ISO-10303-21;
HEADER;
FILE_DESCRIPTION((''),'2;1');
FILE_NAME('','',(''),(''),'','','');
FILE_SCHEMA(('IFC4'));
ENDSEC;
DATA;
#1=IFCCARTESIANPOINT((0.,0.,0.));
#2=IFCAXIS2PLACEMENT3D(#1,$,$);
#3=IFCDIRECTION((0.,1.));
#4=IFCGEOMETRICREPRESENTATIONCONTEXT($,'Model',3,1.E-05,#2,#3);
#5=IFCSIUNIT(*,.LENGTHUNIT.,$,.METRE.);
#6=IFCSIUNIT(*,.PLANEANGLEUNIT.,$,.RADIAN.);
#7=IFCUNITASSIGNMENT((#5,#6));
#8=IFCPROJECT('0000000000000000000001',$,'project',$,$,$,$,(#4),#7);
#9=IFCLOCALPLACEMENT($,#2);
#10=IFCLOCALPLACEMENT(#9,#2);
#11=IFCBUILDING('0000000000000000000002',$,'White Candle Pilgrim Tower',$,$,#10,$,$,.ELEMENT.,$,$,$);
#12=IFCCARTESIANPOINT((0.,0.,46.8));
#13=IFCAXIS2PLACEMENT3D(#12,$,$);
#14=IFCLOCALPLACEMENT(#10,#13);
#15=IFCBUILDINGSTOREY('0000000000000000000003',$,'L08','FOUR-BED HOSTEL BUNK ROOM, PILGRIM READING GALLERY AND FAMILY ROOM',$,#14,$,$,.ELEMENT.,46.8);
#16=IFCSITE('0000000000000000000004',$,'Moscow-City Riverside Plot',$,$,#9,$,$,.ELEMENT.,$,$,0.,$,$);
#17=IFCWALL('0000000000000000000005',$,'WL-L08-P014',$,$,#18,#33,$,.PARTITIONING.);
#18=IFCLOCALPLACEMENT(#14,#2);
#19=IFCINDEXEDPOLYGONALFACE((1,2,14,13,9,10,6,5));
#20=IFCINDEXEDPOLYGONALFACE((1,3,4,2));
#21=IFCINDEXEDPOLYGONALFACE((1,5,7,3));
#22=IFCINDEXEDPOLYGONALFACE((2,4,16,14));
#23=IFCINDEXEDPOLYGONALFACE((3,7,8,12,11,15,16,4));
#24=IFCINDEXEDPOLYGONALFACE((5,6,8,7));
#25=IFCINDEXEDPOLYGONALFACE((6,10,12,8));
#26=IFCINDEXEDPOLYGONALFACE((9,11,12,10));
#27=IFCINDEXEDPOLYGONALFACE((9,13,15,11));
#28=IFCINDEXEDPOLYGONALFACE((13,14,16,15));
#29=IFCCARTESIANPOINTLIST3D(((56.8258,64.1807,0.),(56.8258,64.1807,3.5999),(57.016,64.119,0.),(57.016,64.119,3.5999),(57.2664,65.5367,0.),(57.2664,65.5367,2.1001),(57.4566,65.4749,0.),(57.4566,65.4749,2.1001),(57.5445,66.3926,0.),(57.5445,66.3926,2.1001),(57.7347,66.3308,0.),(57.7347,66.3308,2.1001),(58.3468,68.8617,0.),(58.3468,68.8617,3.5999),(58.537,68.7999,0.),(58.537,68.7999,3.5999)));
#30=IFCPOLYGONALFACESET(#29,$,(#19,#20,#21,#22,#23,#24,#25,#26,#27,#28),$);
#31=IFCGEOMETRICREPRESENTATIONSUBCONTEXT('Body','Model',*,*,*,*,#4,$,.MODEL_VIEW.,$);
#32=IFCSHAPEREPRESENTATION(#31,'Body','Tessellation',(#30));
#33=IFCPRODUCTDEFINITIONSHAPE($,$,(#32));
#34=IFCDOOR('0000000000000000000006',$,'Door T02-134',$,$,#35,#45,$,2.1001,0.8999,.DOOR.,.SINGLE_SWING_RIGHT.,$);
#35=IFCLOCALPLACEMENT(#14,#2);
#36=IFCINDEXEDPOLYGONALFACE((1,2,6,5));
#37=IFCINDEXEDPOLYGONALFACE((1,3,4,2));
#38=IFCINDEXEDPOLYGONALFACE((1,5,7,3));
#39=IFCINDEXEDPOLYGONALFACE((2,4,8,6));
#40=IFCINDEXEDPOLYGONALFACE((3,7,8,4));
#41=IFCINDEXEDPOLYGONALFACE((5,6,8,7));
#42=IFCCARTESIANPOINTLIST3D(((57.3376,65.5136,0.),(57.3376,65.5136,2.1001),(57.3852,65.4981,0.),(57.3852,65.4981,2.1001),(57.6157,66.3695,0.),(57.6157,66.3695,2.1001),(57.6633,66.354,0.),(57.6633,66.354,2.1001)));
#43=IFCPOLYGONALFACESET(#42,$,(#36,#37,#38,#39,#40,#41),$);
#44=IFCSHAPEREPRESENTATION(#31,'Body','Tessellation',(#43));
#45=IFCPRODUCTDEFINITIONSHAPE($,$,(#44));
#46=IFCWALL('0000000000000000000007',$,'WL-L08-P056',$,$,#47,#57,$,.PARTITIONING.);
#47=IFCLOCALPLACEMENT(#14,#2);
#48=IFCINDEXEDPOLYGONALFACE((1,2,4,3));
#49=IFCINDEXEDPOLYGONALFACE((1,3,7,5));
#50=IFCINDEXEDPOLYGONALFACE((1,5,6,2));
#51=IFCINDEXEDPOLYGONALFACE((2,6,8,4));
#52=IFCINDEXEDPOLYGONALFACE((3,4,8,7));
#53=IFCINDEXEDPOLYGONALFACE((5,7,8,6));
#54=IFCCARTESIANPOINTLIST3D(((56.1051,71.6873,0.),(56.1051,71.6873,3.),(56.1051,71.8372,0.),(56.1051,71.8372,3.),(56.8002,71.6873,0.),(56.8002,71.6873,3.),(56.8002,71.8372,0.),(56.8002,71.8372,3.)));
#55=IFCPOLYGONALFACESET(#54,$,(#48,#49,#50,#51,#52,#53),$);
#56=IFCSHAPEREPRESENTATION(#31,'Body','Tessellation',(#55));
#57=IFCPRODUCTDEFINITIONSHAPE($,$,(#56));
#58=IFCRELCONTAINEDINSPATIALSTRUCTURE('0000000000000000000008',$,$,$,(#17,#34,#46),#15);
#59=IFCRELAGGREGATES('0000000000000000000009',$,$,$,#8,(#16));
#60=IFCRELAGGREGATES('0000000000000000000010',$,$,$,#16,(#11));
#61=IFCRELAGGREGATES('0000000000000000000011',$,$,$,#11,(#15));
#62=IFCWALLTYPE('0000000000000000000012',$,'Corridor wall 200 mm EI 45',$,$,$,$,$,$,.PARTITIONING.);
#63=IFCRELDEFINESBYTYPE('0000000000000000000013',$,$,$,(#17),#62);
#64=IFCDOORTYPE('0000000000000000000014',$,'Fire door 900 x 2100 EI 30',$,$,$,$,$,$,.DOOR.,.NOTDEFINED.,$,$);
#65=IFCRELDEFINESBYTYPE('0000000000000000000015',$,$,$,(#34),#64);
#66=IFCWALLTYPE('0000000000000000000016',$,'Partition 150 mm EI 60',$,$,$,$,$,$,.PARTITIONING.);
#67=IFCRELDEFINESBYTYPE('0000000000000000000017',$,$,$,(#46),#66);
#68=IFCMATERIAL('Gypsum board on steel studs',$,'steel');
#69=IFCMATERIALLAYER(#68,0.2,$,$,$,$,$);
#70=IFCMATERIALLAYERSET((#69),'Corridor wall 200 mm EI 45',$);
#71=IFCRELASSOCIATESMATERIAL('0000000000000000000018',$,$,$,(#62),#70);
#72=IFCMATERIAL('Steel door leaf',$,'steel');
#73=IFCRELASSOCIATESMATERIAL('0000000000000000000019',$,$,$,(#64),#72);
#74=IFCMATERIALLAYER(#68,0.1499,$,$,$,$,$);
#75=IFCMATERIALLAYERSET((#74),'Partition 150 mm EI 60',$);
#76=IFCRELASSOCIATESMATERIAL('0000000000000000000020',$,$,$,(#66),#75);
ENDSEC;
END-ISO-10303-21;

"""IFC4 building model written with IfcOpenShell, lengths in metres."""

from ifc_helpers import new_model, si_unit, direction, frame, frame_2d, origin, place, context, subcontext, project, spatial, rectangle, extrude, material, layer, layer_set, type_object, element, fill, save


model = new_model("IFC4")

# Units and contexts
model_context = context("Model", 3, precision=1e-05, world=origin(), true_north=direction((0.0, 1.0)))
body_context = subcontext(model_context, "Body", "Model", "MODEL_VIEW")
ifc_project = project(units=[si_unit("LENGTHUNIT", "METRE"), si_unit("PLANEANGLEUNIT", "RADIAN")], contexts=[model_context])

# Site, building, storey
site_placement = place(None, origin())
site = spatial("IfcSite", under=ifc_project, at=site_placement, Name="Moscow-City Riverside Plot", CompositionType="ELEMENT", RefElevation=0.0)
building_placement = place(site_placement, origin())
building = spatial("IfcBuilding", under=site, at=building_placement, Name="White Candle Pilgrim Tower", CompositionType="ELEMENT")
storey_placement = place(building_placement, frame((0.0, 0.0, 46.8)))
storey = spatial("IfcBuildingStorey", under=building, at=storey_placement, Name="L08", Description="FOUR-BED HOSTEL BUNK ROOM, PILGRIM READING GALLERY AND FAMILY ROOM", CompositionType="ELEMENT", Elevation=46.8)

# Shared definitions
ifc_material_1 = material(Name="Gypsum board on steel studs", Category="steel")
ifc_layer_1 = layer(ifc_material_1, 0.2)
ifc_layer_set_1 = layer_set([ifc_layer_1], Name="Corridor wall 200 mm EI 45")
wall_type_1 = type_object("IfcWallType", Name="Corridor wall 200 mm EI 45", PredefinedType="PARTITIONING", material=ifc_layer_set_1)
ifc_material_2 = material(Name="Steel door leaf", Category="steel")
door_type_1 = type_object("IfcDoorType", Name="Fire door 900 x 2100 EI 30", OperationType="NOTDEFINED", PredefinedType="DOOR", material=ifc_material_2)

# Wall, opening, door
wall_1_placement = place(storey_placement, frame((58.4419, 68.8308, 0.0), z_axis=(0.0, 0.0, 1.0), x_axis=(-0.309031, -0.951052, 0.0)))
wall_1 = element("IfcWall", 1, at=wall_1_placement, inside=storey, type_object=wall_type_1, Name="WL-L08-P014", PredefinedType="PARTITIONING", context=body_context, shape_type="SweptSolid", body=[
    extrude(rectangle(XDim=4.9219, YDim=0.2, at=frame_2d((2.4609, 0.0))), origin(), (0.0, 0.0, 1.0), 3.5999),
])
opening_1_placement = place(wall_1_placement, frame((2.5962, 0.0, 0.0)))
opening_1 = element("IfcOpeningElement", 2, at=opening_1_placement, cuts=wall_1, PredefinedType="OPENING", context=body_context, shape_type="SweptSolid", body=[
    extrude(rectangle(XDim=0.8999, YDim=2.1001, at=frame_2d((0.45, 1.05))), frame((0.0, 0.1099, 0.0), z_axis=(0.0, -1.0, 0.0), x_axis=(1.0, 0.0, 0.0)), (0.0, 0.0, 1.0), 0.22),
])
door_1_placement = place(opening_1_placement, origin())
door_1 = element("IfcDoor", 3, at=door_1_placement, inside=storey, type_object=door_type_1, Name="Door T02-134", OperationType="SINGLE_SWING_RIGHT", OverallHeight=2.1001, OverallWidth=0.8999, PredefinedType="DOOR", context=body_context, shape_type="SweptSolid", body=[
    extrude(rectangle(XDim=0.8999, YDim=2.1001, at=frame_2d((0.45, 1.05))), frame((0.0, 0.0249, 0.0), z_axis=(0.0, -1.0, 0.0), x_axis=(1.0, 0.0, 0.0)), (0.0, 0.0, 1.0), 0.05),
])
fill(opening_1, door_1)

# Wall
ifc_layer_2 = layer(ifc_material_1, 0.1499)
ifc_layer_set_2 = layer_set([ifc_layer_2], Name="Partition 150 mm EI 60")
wall_type_2 = type_object("IfcWallType", Name="Partition 150 mm EI 60", PredefinedType="PARTITIONING", material=ifc_layer_set_2)
wall_2_placement = place(storey_placement, frame((56.105, 71.7622, 0.0), z_axis=(0.0, 0.0, 1.0), x_axis=(1.0, 0.0, 0.0)))
element("IfcWall", 4, at=wall_2_placement, inside=storey, type_object=wall_type_2, Name="WL-L08-P056", PredefinedType="PARTITIONING", context=body_context, shape_type="SweptSolid", body=[
    extrude(rectangle(XDim=0.6951, YDim=0.1499, at=frame_2d((0.3477, 0.0))), origin(), (0.0, 0.0, 1.0), 3.0),
])

save(model, "model.ifc")
